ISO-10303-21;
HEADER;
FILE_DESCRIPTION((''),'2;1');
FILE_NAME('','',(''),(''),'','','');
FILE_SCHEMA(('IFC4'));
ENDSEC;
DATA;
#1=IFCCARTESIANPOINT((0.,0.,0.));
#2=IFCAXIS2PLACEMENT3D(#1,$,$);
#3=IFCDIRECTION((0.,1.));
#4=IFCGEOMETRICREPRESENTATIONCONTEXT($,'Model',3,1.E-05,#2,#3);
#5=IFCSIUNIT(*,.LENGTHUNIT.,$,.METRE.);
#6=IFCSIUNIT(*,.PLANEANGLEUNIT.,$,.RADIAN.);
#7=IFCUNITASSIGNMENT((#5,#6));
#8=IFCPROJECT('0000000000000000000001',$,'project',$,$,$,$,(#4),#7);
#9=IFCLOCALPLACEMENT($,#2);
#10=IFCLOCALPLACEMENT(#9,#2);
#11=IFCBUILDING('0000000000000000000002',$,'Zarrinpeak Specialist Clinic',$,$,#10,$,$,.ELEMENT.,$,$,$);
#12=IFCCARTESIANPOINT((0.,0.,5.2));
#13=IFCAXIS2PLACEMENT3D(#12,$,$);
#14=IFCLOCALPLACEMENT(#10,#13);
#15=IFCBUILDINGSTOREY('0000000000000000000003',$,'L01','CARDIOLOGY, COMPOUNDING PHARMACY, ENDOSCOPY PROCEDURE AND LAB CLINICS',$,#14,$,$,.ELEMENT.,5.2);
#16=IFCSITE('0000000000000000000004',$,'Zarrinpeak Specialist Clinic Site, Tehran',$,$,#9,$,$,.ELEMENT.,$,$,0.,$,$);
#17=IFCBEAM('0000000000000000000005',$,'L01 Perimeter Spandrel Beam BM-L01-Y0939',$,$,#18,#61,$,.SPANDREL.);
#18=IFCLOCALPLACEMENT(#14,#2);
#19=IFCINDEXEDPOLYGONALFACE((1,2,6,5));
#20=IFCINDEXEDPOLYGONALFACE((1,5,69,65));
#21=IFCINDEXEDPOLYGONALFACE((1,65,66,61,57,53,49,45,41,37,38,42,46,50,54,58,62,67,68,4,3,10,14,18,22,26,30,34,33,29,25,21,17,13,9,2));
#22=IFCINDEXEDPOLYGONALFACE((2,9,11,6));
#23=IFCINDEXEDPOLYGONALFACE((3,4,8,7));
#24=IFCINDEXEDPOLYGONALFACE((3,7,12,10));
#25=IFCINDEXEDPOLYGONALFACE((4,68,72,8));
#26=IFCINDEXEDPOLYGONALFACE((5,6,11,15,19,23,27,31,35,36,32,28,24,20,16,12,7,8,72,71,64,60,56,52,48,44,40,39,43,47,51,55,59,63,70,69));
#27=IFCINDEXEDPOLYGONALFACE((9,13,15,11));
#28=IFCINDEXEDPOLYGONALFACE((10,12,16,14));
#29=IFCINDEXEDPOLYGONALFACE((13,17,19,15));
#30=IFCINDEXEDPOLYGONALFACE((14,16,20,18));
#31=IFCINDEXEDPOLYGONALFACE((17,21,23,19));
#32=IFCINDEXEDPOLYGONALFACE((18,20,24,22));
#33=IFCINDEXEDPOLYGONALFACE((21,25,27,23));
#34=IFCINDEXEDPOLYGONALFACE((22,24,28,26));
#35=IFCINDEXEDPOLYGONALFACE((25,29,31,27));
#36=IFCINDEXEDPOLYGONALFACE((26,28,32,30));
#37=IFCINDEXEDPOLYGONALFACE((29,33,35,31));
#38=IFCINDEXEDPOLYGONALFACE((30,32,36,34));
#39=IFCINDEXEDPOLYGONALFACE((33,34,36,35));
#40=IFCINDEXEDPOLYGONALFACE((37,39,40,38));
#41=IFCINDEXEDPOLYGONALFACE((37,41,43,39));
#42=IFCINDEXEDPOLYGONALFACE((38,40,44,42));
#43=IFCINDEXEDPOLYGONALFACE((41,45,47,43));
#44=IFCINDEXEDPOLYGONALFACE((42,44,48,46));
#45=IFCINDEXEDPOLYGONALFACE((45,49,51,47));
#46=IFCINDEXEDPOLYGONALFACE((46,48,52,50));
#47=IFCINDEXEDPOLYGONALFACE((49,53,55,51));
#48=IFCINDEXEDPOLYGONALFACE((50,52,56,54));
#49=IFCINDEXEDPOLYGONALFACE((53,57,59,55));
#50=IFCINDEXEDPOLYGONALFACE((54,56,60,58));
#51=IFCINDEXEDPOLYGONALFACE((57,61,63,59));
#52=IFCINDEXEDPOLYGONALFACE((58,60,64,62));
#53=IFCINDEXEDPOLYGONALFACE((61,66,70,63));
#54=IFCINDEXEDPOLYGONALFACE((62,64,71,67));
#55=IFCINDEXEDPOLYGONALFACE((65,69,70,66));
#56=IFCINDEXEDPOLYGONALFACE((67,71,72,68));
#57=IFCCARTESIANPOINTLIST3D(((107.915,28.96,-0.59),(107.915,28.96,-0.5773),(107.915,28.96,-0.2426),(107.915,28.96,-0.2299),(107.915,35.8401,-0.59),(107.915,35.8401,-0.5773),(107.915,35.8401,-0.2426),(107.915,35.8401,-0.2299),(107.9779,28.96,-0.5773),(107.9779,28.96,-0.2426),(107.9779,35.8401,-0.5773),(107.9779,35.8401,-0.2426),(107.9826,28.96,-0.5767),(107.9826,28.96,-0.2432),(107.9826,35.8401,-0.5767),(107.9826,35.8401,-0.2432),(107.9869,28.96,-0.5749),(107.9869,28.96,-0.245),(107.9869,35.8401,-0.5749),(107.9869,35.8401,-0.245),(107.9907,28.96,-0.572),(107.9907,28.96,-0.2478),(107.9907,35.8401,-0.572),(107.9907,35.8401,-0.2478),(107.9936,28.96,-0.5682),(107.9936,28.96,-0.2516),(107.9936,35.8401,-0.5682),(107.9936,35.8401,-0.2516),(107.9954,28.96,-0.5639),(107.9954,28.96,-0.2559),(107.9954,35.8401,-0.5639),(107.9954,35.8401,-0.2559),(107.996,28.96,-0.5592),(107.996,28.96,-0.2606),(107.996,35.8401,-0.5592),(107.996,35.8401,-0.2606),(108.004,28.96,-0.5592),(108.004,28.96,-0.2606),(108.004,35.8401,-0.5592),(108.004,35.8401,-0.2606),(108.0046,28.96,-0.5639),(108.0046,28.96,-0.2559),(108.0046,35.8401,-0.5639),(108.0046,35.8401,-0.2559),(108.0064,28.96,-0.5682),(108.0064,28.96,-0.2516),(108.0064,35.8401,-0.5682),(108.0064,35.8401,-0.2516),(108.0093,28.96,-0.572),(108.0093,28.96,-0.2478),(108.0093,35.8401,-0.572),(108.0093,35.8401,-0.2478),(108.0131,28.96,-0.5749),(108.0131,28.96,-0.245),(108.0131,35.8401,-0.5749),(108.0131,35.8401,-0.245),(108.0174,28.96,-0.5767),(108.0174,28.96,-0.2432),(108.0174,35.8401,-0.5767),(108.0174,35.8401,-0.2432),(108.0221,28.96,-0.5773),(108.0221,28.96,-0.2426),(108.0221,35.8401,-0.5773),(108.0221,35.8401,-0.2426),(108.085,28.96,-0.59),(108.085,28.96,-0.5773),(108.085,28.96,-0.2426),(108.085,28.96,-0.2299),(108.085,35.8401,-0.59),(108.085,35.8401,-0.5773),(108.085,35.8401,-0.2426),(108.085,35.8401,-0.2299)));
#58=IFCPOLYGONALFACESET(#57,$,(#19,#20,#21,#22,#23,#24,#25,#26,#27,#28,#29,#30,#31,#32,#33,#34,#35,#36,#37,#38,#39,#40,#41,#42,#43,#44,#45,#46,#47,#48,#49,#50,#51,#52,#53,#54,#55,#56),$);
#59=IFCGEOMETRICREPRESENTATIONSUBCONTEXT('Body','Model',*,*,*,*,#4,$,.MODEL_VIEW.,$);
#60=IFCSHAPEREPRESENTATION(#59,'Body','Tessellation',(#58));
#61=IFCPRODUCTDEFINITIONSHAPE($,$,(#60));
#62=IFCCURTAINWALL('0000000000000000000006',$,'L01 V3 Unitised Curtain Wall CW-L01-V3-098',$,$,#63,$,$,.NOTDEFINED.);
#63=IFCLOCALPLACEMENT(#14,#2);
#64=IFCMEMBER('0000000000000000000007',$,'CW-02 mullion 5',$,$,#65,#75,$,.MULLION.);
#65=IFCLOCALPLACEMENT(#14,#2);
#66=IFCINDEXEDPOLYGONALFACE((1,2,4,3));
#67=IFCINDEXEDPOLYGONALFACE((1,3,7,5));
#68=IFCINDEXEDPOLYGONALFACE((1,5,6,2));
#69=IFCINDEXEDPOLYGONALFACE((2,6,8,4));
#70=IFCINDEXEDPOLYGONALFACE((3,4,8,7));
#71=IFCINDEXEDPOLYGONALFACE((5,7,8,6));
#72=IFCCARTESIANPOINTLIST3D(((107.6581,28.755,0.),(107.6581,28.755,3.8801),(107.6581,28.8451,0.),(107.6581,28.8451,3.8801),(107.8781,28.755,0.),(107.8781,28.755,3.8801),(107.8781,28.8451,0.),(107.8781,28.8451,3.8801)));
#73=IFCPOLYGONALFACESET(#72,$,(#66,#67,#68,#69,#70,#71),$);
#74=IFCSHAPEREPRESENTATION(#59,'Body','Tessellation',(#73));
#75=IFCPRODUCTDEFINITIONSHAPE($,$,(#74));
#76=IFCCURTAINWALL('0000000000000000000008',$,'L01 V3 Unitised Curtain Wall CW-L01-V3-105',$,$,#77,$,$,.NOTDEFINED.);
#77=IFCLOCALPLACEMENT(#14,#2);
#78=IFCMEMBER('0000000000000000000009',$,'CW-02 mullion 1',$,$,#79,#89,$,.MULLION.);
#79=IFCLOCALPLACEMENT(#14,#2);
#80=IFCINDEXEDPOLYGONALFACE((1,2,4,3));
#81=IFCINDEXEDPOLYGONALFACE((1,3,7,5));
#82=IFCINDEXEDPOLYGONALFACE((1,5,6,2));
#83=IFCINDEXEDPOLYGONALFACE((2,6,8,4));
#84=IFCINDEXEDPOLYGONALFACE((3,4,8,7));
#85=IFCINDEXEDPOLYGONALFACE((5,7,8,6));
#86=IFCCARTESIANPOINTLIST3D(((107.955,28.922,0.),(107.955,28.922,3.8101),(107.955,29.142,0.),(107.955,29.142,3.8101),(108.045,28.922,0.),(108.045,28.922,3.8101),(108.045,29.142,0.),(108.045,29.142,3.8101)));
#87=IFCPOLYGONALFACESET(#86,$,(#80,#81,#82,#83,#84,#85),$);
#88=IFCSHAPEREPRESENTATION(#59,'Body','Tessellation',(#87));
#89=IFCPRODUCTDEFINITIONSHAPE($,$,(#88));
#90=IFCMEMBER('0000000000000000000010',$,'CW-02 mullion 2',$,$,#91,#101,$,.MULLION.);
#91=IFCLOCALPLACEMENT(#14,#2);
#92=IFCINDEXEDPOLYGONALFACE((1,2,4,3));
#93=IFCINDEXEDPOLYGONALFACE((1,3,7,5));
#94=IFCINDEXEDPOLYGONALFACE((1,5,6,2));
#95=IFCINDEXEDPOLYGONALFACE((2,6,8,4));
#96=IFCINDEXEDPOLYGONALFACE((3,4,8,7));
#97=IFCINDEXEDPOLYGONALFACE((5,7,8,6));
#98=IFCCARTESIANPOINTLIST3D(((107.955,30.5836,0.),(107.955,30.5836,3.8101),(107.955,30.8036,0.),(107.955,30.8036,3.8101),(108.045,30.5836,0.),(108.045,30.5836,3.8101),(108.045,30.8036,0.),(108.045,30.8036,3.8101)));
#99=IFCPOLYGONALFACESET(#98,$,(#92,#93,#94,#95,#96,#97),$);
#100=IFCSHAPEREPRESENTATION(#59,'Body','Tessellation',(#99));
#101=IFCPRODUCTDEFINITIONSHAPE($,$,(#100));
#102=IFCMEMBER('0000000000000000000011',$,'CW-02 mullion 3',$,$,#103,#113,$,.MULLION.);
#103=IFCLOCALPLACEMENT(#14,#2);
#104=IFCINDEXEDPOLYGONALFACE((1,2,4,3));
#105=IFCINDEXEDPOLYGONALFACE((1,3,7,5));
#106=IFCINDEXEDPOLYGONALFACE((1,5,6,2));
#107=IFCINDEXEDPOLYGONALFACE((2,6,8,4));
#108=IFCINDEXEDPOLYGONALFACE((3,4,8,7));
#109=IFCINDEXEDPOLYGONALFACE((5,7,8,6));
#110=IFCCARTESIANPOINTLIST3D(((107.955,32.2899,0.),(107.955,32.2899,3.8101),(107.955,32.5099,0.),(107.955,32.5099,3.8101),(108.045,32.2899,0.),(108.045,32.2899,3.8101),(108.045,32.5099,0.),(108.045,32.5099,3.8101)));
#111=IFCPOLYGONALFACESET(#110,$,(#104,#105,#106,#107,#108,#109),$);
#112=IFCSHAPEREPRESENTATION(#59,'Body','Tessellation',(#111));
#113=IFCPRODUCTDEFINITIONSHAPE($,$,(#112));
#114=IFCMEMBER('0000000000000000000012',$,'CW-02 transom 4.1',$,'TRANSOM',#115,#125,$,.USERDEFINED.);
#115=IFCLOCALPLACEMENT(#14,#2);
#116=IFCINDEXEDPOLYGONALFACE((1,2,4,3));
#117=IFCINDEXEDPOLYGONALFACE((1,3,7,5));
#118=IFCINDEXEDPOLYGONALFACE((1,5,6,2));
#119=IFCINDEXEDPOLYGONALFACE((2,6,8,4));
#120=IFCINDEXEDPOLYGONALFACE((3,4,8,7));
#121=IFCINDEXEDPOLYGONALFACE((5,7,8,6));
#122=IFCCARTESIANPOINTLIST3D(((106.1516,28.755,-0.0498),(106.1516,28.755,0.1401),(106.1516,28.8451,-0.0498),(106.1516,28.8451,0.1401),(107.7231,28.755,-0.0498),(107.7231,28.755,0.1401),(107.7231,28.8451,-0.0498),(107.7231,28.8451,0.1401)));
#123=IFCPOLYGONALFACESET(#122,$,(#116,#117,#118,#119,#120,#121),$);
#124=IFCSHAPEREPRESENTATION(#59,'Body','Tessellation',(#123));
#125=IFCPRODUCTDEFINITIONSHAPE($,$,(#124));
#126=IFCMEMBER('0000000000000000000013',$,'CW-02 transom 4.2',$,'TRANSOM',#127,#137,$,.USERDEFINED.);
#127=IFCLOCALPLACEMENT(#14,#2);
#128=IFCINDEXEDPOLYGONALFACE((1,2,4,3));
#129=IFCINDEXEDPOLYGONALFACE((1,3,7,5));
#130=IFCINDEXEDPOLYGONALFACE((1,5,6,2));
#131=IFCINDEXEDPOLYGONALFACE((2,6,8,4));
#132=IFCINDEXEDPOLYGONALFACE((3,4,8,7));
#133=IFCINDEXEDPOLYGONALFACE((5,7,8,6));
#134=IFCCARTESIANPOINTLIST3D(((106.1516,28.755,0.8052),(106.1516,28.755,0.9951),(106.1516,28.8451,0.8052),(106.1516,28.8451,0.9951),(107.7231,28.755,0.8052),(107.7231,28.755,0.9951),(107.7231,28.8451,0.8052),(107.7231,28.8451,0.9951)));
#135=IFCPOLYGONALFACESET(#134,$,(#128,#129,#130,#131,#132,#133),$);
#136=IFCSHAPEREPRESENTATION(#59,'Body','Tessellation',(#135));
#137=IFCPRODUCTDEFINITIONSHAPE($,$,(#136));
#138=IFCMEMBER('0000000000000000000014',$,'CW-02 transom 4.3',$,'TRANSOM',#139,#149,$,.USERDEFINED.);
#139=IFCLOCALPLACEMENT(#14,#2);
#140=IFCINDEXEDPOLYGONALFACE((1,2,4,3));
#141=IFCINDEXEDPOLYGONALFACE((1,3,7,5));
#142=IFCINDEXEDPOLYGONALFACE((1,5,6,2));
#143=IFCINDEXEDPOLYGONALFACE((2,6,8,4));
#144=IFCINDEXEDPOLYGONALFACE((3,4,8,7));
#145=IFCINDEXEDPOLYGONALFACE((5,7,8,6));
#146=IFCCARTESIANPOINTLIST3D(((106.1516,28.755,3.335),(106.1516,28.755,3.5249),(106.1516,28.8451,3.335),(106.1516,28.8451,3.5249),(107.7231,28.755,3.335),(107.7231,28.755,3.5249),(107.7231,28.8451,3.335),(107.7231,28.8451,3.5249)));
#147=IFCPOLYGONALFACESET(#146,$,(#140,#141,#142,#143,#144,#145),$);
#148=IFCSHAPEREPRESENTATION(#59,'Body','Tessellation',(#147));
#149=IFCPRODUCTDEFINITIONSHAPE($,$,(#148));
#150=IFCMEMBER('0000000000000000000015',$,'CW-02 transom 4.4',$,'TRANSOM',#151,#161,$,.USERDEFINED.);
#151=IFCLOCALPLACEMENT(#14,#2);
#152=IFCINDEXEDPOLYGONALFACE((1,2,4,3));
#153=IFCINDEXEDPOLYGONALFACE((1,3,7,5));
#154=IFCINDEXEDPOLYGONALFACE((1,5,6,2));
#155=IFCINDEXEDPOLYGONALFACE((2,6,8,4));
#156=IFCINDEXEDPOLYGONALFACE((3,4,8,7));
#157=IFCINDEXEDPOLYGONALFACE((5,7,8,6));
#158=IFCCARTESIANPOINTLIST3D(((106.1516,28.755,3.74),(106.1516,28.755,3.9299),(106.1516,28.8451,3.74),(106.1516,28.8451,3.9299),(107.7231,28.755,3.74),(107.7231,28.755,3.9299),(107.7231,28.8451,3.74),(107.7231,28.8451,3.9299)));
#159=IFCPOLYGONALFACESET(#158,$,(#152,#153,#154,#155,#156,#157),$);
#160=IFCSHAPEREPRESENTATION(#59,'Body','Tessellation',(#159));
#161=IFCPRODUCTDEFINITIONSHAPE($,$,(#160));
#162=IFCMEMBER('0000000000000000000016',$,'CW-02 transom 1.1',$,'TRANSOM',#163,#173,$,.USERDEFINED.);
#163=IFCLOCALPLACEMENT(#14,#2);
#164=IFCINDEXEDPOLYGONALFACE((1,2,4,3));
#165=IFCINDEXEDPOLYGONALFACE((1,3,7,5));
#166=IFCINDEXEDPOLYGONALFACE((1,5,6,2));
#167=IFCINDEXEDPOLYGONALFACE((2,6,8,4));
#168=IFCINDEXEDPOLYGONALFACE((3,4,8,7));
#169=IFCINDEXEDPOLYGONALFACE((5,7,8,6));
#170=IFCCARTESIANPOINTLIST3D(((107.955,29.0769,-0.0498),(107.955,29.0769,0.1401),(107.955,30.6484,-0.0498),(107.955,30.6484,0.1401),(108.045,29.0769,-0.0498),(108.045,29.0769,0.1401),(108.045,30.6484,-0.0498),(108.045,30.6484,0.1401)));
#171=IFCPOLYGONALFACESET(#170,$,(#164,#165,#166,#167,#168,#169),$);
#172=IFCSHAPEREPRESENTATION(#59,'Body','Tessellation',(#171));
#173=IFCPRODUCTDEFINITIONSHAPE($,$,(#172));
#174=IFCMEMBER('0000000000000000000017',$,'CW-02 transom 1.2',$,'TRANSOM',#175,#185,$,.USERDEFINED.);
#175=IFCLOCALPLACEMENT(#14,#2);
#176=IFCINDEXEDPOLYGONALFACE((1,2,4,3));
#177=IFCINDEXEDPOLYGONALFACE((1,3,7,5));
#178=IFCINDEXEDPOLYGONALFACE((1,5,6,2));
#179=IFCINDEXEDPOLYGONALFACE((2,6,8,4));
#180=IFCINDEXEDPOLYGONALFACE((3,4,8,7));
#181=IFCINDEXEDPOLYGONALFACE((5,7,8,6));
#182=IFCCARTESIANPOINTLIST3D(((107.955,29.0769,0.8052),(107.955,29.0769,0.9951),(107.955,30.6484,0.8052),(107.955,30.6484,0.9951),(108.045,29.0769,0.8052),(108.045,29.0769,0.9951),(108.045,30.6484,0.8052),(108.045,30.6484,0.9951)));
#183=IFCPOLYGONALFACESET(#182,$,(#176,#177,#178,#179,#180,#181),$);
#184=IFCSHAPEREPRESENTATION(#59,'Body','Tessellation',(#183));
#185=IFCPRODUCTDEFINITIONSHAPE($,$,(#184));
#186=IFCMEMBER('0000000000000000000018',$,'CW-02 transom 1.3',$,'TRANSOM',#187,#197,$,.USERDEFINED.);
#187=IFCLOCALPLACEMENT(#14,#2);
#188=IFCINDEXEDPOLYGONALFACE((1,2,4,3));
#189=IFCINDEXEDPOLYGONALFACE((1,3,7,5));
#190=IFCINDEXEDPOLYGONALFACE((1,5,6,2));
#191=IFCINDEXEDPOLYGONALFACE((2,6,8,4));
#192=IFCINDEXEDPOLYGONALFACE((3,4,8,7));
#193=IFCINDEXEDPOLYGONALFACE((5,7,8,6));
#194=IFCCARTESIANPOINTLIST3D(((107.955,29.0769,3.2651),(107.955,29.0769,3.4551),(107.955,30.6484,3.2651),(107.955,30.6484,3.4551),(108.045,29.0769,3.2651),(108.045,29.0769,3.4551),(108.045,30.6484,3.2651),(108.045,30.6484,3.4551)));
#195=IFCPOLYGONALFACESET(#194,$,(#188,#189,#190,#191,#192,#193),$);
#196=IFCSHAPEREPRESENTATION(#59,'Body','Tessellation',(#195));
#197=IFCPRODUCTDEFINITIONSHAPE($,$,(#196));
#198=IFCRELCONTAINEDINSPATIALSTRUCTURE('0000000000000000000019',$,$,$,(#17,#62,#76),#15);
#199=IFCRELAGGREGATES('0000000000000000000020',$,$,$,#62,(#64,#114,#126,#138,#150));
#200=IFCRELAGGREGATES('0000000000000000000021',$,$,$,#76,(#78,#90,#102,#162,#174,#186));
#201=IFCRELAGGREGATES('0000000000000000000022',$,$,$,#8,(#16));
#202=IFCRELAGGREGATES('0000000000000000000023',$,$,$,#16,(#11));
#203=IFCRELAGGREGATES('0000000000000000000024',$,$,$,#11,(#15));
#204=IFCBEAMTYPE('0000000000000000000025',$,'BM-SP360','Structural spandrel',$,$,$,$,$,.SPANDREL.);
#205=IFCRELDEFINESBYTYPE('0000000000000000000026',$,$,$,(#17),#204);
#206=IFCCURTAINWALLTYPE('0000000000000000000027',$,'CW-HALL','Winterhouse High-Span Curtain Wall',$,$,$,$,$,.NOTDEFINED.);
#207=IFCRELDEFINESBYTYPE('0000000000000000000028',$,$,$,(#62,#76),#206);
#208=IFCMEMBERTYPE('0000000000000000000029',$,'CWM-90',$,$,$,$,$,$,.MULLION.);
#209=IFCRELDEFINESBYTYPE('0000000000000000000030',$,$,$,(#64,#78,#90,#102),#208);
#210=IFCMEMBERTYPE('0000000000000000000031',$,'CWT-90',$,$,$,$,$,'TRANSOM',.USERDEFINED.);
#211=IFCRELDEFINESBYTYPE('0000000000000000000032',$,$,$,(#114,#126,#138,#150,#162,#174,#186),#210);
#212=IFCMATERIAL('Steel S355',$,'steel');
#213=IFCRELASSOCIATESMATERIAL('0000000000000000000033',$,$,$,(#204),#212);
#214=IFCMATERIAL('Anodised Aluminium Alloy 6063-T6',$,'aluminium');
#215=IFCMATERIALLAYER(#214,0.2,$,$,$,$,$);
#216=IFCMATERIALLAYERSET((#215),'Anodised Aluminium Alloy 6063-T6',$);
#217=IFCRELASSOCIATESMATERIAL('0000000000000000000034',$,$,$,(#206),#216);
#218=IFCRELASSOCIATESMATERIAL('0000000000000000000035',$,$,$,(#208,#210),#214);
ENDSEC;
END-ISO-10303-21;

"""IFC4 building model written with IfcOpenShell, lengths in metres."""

from ifc_helpers import new_model, si_unit, direction, frame, origin, origin_2d, place, context, subcontext, project, spatial, rectangle, i_section, extrude, material, layer, layer_set, material_profile, profile_set, type_object, element, aggregate, save


model = new_model("IFC4")

# Units and contexts
model_context = context("Model", 3, precision=1e-05, world=origin(), true_north=direction((0.0, 1.0)))
body_context = subcontext(model_context, "Body", "Model", "MODEL_VIEW")
ifc_project = project(units=[si_unit("LENGTHUNIT", "METRE"), si_unit("PLANEANGLEUNIT", "RADIAN")], contexts=[model_context])

# Site, building, storey
site_placement = place(None, origin())
site = spatial("IfcSite", under=ifc_project, at=site_placement, Name="Zarrinpeak Specialist Clinic Site, Tehran", CompositionType="ELEMENT", RefElevation=0.0)
building_placement = place(site_placement, origin())
building = spatial("IfcBuilding", under=site, at=building_placement, Name="Zarrinpeak Specialist Clinic", CompositionType="ELEMENT")
storey_placement = place(building_placement, frame((0.0, 0.0, 5.2)))
storey = spatial("IfcBuildingStorey", under=building, at=storey_placement, Name="L01", Description="CARDIOLOGY, COMPOUNDING PHARMACY, ENDOSCOPY PROCEDURE AND LAB CLINICS", CompositionType="ELEMENT", Elevation=5.2)

# Shared definitions
ifc_material_1 = material(Name="Steel S355", Category="steel")

# Beam
ifc_material_profile_1 = material_profile(ifc_material_1, i_section(OverallWidth=0.1699, OverallDepth=0.3601, WebThickness=0.0081, FlangeThickness=0.0127, FilletRadius=0.0181, at=origin_2d()), Name="IPE 360")
ifc_profile_set_1 = profile_set([ifc_material_profile_1], Name="Steel S355")
beam_type_1 = type_object("IfcBeamType", Name="BM-SP360", Description="Structural spandrel", PredefinedType="SPANDREL", material=ifc_profile_set_1)
beam_1_placement = place(storey_placement, frame((108.0, 28.96, -0.4099), z_axis=(0.0, 1.0, 0.0), x_axis=(-1.0, 0.0, 0.0)))
element("IfcBeam", 1, at=beam_1_placement, inside=storey, type_object=beam_type_1, Name="L01 Perimeter Spandrel Beam BM-L01-Y0939", PredefinedType="SPANDREL", context=body_context, shape_type="SweptSolid", body=[
    extrude(i_section(OverallWidth=0.1699, OverallDepth=0.3601, WebThickness=0.0081, FlangeThickness=0.0127, FilletRadius=0.0181, at=origin_2d()), origin(), (0.0, 0.0, 1.0), 6.8801),
])

# Curtain wall, member
ifc_material_2 = material(Name="Anodised Aluminium Alloy 6063-T6", Category="aluminium")
ifc_layer_1 = layer(ifc_material_2, 0.2)
ifc_layer_set_1 = layer_set([ifc_layer_1], Name="Anodised Aluminium Alloy 6063-T6")
curtain_wall_type = type_object("IfcCurtainWallType", Name="CW-HALL", Description="Winterhouse High-Span Curtain Wall", PredefinedType="NOTDEFINED", material=ifc_layer_set_1)
curtain_wall_1_placement = place(storey_placement, origin())
curtain_wall_1 = element("IfcCurtainWall", 2, at=curtain_wall_1_placement, inside=storey, type_object=curtain_wall_type, Name="L01 V3 Unitised Curtain Wall CW-L01-V3-098", PredefinedType="NOTDEFINED")
ifc_material_profile_2 = material_profile(ifc_material_2, rectangle(XDim=0.0901, YDim=0.22, at=origin_2d()), Name="ALU 90x220")
ifc_profile_set_2 = profile_set([ifc_material_profile_2], Name="Anodised Aluminium Alloy 6063-T6")
member_type_1 = type_object("IfcMemberType", Name="CWM-90", PredefinedType="MULLION", material=ifc_profile_set_2)
member_1_placement = place(storey_placement, frame((107.7681, 28.8, 0.0), z_axis=(0.0, 0.0, 1.0), x_axis=(0.0, 1.0, 0.0)))
member_1 = element("IfcMember", 3, at=member_1_placement, type_object=member_type_1, Name="CW-02 mullion 5", PredefinedType="MULLION", context=body_context, shape_type="SweptSolid", body=[
    extrude(rectangle(XDim=0.0901, YDim=0.22, at=origin_2d()), origin(), (0.0, 0.0, 1.0), 3.8801),
])

# Curtain wall, members
curtain_wall_2_placement = place(storey_placement, origin())
curtain_wall_2 = element("IfcCurtainWall", 4, at=curtain_wall_2_placement, inside=storey, type_object=curtain_wall_type, Name="L01 V3 Unitised Curtain Wall CW-L01-V3-105", PredefinedType="NOTDEFINED")
member_2_placement = place(storey_placement, frame((108.0, 29.032, 0.0), z_axis=(0.0, 0.0, 1.0), x_axis=(-1.0, 0.0, 0.0)))
member_2 = element("IfcMember", 5, at=member_2_placement, type_object=member_type_1, Name="CW-02 mullion 1", PredefinedType="MULLION", context=body_context, shape_type="SweptSolid", body=[
    extrude(rectangle(XDim=0.0901, YDim=0.22, at=origin_2d()), origin(), (0.0, 0.0, 1.0), 3.8101),
])
member_3_placement = place(storey_placement, frame((108.0, 30.6936, 0.0), z_axis=(0.0, 0.0, 1.0), x_axis=(-1.0, 0.0, 0.0)))
member_3 = element("IfcMember", 6, at=member_3_placement, type_object=member_type_1, Name="CW-02 mullion 2", PredefinedType="MULLION", context=body_context, shape_type="SweptSolid", body=[
    extrude(rectangle(XDim=0.0901, YDim=0.22, at=origin_2d()), origin(), (0.0, 0.0, 1.0), 3.8101),
])
member_4_placement = place(storey_placement, frame((108.0, 32.3999, 0.0), z_axis=(0.0, 0.0, 1.0), x_axis=(-1.0, 0.0, 0.0)))
member_4 = element("IfcMember", 7, at=member_4_placement, type_object=member_type_1, Name="CW-02 mullion 3", PredefinedType="MULLION", context=body_context, shape_type="SweptSolid", body=[
    extrude(rectangle(XDim=0.0901, YDim=0.22, at=origin_2d()), origin(), (0.0, 0.0, 1.0), 3.8101),
])

# Members
ifc_material_profile_3 = material_profile(ifc_material_2, rectangle(XDim=0.0901, YDim=0.1899, at=origin_2d()), Name="ALU 90x190")
ifc_profile_set_3 = profile_set([ifc_material_profile_3], Name="Anodised Aluminium Alloy 6063-T6")
member_type_2 = type_object("IfcMemberType", Name="CWT-90", ElementType="TRANSOM", PredefinedType="USERDEFINED", material=ifc_profile_set_3)
member_5_placement = place(storey_placement, frame((106.1516, 28.8, 0.0452), z_axis=(1.0, 0.0, 0.0), x_axis=(0.0, 1.0, 0.0)))
member_5 = element("IfcMember", 8, at=member_5_placement, type_object=member_type_2, Name="CW-02 transom 4.1", ObjectType="TRANSOM", PredefinedType="USERDEFINED", context=body_context, shape_type="SweptSolid", body=[
    extrude(rectangle(XDim=0.0901, YDim=0.1899, at=origin_2d()), origin(), (0.0, 0.0, 1.0), 1.5715),
])
member_6_placement = place(storey_placement, frame((106.1516, 28.8, 0.9001), z_axis=(1.0, 0.0, 0.0), x_axis=(0.0, 1.0, 0.0)))
member_6 = element("IfcMember", 9, at=member_6_placement, type_object=member_type_2, Name="CW-02 transom 4.2", ObjectType="TRANSOM", PredefinedType="USERDEFINED", context=body_context, shape_type="SweptSolid", body=[
    extrude(rectangle(XDim=0.0901, YDim=0.1899, at=origin_2d()), origin(), (0.0, 0.0, 1.0), 1.5715),
])
member_7_placement = place(storey_placement, frame((106.1516, 28.8, 3.4299), z_axis=(1.0, 0.0, 0.0), x_axis=(0.0, 1.0, 0.0)))
member_7 = element("IfcMember", 10, at=member_7_placement, type_object=member_type_2, Name="CW-02 transom 4.3", ObjectType="TRANSOM", PredefinedType="USERDEFINED", context=body_context, shape_type="SweptSolid", body=[
    extrude(rectangle(XDim=0.0901, YDim=0.1899, at=origin_2d()), origin(), (0.0, 0.0, 1.0), 1.5715),
])
member_8_placement = place(storey_placement, frame((106.1516, 28.8, 3.835), z_axis=(1.0, 0.0, 0.0), x_axis=(0.0, 1.0, 0.0)))
member_8 = element("IfcMember", 11, at=member_8_placement, type_object=member_type_2, Name="CW-02 transom 4.4", ObjectType="TRANSOM", PredefinedType="USERDEFINED", context=body_context, shape_type="SweptSolid", body=[
    extrude(rectangle(XDim=0.0901, YDim=0.1899, at=origin_2d()), origin(), (0.0, 0.0, 1.0), 1.5715),
])
member_9_placement = place(storey_placement, frame((108.0, 29.0769, 0.0452), z_axis=(0.0, 1.0, 0.0), x_axis=(-1.0, 0.0, 0.0)))
member_9 = element("IfcMember", 12, at=member_9_placement, type_object=member_type_2, Name="CW-02 transom 1.1", ObjectType="TRANSOM", PredefinedType="USERDEFINED", context=body_context, shape_type="SweptSolid", body=[
    extrude(rectangle(XDim=0.0901, YDim=0.1899, at=origin_2d()), origin(), (0.0, 0.0, 1.0), 1.5715),
])
member_10_placement = place(storey_placement, frame((108.0, 29.0769, 0.9001), z_axis=(0.0, 1.0, 0.0), x_axis=(-1.0, 0.0, 0.0)))
member_10 = element("IfcMember", 13, at=member_10_placement, type_object=member_type_2, Name="CW-02 transom 1.2", ObjectType="TRANSOM", PredefinedType="USERDEFINED", context=body_context, shape_type="SweptSolid", body=[
    extrude(rectangle(XDim=0.0901, YDim=0.1899, at=origin_2d()), origin(), (0.0, 0.0, 1.0), 1.5715),
])
member_11_placement = place(storey_placement, frame((108.0, 29.0769, 3.3601), z_axis=(0.0, 1.0, 0.0), x_axis=(-1.0, 0.0, 0.0)))
member_11 = element("IfcMember", 14, at=member_11_placement, type_object=member_type_2, Name="CW-02 transom 1.3", ObjectType="TRANSOM", PredefinedType="USERDEFINED", context=body_context, shape_type="SweptSolid", body=[
    extrude(rectangle(XDim=0.0901, YDim=0.1899, at=origin_2d()), origin(), (0.0, 0.0, 1.0), 1.5715),
])

aggregate(curtain_wall_1, [member_1, member_5, member_6, member_7, member_8])
aggregate(curtain_wall_2, [member_2, member_3, member_4, member_9, member_10, member_11])

save(model, "model.ifc")
